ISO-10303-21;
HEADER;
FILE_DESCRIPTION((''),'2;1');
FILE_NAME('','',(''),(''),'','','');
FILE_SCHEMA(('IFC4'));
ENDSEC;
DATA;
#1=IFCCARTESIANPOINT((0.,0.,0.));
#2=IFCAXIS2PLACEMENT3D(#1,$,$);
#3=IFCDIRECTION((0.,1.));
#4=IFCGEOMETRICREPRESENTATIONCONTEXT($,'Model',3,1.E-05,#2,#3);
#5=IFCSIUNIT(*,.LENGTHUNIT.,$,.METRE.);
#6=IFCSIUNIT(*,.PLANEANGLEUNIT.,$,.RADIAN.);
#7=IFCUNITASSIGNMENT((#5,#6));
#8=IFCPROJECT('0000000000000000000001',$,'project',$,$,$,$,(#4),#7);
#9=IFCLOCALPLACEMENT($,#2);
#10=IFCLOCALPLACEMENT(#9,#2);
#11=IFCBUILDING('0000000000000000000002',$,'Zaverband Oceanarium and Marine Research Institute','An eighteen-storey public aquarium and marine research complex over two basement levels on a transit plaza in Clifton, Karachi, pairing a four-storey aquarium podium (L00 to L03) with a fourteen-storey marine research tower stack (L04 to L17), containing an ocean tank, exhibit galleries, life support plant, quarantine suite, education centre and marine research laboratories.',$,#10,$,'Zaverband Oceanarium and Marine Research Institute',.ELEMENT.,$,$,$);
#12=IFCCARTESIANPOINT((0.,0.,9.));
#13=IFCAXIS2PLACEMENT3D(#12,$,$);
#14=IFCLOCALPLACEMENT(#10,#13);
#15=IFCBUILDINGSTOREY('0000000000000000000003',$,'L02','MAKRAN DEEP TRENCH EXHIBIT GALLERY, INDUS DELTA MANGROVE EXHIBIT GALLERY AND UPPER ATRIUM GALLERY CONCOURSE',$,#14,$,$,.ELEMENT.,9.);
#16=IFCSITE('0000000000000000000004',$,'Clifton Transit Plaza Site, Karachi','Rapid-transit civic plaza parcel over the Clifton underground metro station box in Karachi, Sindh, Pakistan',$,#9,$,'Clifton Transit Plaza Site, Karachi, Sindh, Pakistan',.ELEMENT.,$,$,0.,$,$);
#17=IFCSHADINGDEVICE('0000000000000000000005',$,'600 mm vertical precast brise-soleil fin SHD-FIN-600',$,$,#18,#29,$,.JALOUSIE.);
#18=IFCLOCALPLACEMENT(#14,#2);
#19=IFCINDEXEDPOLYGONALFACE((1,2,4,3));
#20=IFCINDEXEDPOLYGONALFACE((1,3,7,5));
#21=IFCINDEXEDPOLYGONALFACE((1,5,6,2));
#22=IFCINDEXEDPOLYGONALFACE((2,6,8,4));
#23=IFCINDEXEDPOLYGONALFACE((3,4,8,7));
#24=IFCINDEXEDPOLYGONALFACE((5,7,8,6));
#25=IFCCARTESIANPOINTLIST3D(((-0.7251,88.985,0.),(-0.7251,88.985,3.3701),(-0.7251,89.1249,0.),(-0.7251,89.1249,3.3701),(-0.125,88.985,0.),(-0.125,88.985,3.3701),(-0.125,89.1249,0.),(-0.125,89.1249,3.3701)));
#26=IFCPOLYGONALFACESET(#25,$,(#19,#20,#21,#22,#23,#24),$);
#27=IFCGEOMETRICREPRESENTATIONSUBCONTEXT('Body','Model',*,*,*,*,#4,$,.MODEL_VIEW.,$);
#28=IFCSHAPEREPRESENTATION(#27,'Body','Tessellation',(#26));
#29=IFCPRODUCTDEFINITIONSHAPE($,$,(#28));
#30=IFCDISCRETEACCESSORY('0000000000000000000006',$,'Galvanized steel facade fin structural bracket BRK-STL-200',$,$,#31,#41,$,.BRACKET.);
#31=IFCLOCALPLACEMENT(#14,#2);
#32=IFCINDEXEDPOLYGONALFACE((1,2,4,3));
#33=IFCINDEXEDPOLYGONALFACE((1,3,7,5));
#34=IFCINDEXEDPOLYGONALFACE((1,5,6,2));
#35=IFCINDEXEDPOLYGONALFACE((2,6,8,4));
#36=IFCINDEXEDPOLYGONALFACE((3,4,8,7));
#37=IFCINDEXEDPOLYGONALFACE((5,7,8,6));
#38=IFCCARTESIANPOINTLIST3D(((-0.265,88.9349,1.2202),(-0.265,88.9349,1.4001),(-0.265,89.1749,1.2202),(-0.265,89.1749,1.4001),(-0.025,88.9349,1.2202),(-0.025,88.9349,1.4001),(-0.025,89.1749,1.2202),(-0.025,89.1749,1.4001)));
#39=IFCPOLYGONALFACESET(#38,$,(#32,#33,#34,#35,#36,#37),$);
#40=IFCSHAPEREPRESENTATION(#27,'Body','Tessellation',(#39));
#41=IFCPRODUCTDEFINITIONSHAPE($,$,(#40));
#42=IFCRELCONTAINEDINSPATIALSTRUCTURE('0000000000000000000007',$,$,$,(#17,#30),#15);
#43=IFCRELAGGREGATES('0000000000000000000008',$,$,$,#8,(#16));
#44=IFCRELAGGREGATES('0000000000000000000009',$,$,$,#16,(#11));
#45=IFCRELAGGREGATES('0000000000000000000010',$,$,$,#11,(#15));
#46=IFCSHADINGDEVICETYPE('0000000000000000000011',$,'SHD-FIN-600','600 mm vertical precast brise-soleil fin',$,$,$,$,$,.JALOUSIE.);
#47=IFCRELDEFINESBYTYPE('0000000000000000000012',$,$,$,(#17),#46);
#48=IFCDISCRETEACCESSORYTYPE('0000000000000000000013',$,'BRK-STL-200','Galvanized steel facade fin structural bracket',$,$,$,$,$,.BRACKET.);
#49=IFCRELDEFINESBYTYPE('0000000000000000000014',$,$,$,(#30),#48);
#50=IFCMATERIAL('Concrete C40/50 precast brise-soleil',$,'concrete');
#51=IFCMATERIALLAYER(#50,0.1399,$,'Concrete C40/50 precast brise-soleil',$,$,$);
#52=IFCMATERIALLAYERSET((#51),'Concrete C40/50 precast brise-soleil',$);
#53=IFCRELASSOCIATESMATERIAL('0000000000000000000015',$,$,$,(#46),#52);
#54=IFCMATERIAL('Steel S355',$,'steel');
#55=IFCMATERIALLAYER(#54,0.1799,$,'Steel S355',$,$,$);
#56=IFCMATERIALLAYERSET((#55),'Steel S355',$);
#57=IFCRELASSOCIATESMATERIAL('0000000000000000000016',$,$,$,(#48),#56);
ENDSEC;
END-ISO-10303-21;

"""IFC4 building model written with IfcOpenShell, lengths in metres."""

from ifc_helpers import new_model, si_unit, direction, frame, frame_2d, origin, origin_2d, place, context, subcontext, project, spatial, rectangle, extrude, material, layer, layer_set, type_object, element, save


model = new_model("IFC4")

# Units and contexts
model_context = context("Model", 3, precision=1e-05, world=origin(), true_north=direction((0.0, 1.0)))
body_context = subcontext(model_context, "Body", "Model", "MODEL_VIEW")
ifc_project = project(units=[si_unit("LENGTHUNIT", "METRE"), si_unit("PLANEANGLEUNIT", "RADIAN")], contexts=[model_context])

# Site, building, storey
site_placement = place(None, origin())
site = spatial("IfcSite", under=ifc_project, at=site_placement, Name="Clifton Transit Plaza Site, Karachi", Description="Rapid-transit civic plaza parcel over the Clifton underground metro station box in Karachi, Sindh, Pakistan", LongName="Clifton Transit Plaza Site, Karachi, Sindh, Pakistan", CompositionType="ELEMENT", RefElevation=0.0)
building_placement = place(site_placement, origin())
building = spatial("IfcBuilding", under=site, at=building_placement, Name="Zaverband Oceanarium and Marine Research Institute", Description="An eighteen-storey public aquarium and marine research complex over two basement levels on a transit plaza in Clifton, Karachi, pairing a four-storey aquarium podium (L00 to L03) with a fourteen-storey marine research tower stack (L04 to L17), containing an ocean tank, exhibit galleries, life support plant, quarantine suite, education centre and marine research laboratories.", LongName="Zaverband Oceanarium and Marine Research Institute", CompositionType="ELEMENT")
storey_placement = place(building_placement, frame((0.0, 0.0, 9.0)))
storey = spatial("IfcBuildingStorey", under=building, at=storey_placement, Name="L02", Description="MAKRAN DEEP TRENCH EXHIBIT GALLERY, INDUS DELTA MANGROVE EXHIBIT GALLERY AND UPPER ATRIUM GALLERY CONCOURSE", CompositionType="ELEMENT", Elevation=9.0)

# Shading device
ifc_material_1 = material(Name="Concrete C40/50 precast brise-soleil", Category="concrete")
ifc_layer_1 = layer(ifc_material_1, 0.1399, Name="Concrete C40/50 precast brise-soleil")
ifc_layer_set_1 = layer_set([ifc_layer_1], Name="Concrete C40/50 precast brise-soleil")
shading_device_type = type_object("IfcShadingDeviceType", Name="SHD-FIN-600", Description="600 mm vertical precast brise-soleil fin", PredefinedType="JALOUSIE", material=ifc_layer_set_1)
shading_device_placement = place(storey_placement, frame((-0.125, 89.0549, 0.0), z_axis=(0.0, 0.0, 1.0), x_axis=(-1.0, 0.0, 0.0)))
element("IfcShadingDevice", 1, at=shading_device_placement, inside=storey, type_object=shading_device_type, Name="600 mm vertical precast brise-soleil fin SHD-FIN-600", PredefinedType="JALOUSIE", context=body_context, shape_type="SweptSolid", body=[
    extrude(rectangle(XDim=0.6001, YDim=0.1399, at=frame_2d((0.3, 0.0))), origin(), (0.0, 0.0, 1.0), 3.3701),
])

# Discrete accessory
ifc_material_2 = material(Name="Steel S355", Category="steel")
ifc_layer_2 = layer(ifc_material_2, 0.1799, Name="Steel S355")
ifc_layer_set_2 = layer_set([ifc_layer_2], Name="Steel S355")
discrete_accessory_type = type_object("IfcDiscreteAccessoryType", Name="BRK-STL-200", Description="Galvanized steel facade fin structural bracket", PredefinedType="BRACKET", material=ifc_layer_set_2)
discrete_accessory_placement = place(storey_placement, frame((-0.145, 89.0549, 1.2202), z_axis=(0.0, 0.0, 1.0), x_axis=(1.0, 0.0, 0.0)))
element("IfcDiscreteAccessory", 2, at=discrete_accessory_placement, inside=storey, type_object=discrete_accessory_type, Name="Galvanized steel facade fin structural bracket BRK-STL-200", PredefinedType="BRACKET", context=body_context, shape_type="SweptSolid", body=[
    extrude(rectangle(XDim=0.24, YDim=0.24, at=origin_2d()), origin(), (0.0, 0.0, 1.0), 0.1799),
])

save(model, "model.ifc")
